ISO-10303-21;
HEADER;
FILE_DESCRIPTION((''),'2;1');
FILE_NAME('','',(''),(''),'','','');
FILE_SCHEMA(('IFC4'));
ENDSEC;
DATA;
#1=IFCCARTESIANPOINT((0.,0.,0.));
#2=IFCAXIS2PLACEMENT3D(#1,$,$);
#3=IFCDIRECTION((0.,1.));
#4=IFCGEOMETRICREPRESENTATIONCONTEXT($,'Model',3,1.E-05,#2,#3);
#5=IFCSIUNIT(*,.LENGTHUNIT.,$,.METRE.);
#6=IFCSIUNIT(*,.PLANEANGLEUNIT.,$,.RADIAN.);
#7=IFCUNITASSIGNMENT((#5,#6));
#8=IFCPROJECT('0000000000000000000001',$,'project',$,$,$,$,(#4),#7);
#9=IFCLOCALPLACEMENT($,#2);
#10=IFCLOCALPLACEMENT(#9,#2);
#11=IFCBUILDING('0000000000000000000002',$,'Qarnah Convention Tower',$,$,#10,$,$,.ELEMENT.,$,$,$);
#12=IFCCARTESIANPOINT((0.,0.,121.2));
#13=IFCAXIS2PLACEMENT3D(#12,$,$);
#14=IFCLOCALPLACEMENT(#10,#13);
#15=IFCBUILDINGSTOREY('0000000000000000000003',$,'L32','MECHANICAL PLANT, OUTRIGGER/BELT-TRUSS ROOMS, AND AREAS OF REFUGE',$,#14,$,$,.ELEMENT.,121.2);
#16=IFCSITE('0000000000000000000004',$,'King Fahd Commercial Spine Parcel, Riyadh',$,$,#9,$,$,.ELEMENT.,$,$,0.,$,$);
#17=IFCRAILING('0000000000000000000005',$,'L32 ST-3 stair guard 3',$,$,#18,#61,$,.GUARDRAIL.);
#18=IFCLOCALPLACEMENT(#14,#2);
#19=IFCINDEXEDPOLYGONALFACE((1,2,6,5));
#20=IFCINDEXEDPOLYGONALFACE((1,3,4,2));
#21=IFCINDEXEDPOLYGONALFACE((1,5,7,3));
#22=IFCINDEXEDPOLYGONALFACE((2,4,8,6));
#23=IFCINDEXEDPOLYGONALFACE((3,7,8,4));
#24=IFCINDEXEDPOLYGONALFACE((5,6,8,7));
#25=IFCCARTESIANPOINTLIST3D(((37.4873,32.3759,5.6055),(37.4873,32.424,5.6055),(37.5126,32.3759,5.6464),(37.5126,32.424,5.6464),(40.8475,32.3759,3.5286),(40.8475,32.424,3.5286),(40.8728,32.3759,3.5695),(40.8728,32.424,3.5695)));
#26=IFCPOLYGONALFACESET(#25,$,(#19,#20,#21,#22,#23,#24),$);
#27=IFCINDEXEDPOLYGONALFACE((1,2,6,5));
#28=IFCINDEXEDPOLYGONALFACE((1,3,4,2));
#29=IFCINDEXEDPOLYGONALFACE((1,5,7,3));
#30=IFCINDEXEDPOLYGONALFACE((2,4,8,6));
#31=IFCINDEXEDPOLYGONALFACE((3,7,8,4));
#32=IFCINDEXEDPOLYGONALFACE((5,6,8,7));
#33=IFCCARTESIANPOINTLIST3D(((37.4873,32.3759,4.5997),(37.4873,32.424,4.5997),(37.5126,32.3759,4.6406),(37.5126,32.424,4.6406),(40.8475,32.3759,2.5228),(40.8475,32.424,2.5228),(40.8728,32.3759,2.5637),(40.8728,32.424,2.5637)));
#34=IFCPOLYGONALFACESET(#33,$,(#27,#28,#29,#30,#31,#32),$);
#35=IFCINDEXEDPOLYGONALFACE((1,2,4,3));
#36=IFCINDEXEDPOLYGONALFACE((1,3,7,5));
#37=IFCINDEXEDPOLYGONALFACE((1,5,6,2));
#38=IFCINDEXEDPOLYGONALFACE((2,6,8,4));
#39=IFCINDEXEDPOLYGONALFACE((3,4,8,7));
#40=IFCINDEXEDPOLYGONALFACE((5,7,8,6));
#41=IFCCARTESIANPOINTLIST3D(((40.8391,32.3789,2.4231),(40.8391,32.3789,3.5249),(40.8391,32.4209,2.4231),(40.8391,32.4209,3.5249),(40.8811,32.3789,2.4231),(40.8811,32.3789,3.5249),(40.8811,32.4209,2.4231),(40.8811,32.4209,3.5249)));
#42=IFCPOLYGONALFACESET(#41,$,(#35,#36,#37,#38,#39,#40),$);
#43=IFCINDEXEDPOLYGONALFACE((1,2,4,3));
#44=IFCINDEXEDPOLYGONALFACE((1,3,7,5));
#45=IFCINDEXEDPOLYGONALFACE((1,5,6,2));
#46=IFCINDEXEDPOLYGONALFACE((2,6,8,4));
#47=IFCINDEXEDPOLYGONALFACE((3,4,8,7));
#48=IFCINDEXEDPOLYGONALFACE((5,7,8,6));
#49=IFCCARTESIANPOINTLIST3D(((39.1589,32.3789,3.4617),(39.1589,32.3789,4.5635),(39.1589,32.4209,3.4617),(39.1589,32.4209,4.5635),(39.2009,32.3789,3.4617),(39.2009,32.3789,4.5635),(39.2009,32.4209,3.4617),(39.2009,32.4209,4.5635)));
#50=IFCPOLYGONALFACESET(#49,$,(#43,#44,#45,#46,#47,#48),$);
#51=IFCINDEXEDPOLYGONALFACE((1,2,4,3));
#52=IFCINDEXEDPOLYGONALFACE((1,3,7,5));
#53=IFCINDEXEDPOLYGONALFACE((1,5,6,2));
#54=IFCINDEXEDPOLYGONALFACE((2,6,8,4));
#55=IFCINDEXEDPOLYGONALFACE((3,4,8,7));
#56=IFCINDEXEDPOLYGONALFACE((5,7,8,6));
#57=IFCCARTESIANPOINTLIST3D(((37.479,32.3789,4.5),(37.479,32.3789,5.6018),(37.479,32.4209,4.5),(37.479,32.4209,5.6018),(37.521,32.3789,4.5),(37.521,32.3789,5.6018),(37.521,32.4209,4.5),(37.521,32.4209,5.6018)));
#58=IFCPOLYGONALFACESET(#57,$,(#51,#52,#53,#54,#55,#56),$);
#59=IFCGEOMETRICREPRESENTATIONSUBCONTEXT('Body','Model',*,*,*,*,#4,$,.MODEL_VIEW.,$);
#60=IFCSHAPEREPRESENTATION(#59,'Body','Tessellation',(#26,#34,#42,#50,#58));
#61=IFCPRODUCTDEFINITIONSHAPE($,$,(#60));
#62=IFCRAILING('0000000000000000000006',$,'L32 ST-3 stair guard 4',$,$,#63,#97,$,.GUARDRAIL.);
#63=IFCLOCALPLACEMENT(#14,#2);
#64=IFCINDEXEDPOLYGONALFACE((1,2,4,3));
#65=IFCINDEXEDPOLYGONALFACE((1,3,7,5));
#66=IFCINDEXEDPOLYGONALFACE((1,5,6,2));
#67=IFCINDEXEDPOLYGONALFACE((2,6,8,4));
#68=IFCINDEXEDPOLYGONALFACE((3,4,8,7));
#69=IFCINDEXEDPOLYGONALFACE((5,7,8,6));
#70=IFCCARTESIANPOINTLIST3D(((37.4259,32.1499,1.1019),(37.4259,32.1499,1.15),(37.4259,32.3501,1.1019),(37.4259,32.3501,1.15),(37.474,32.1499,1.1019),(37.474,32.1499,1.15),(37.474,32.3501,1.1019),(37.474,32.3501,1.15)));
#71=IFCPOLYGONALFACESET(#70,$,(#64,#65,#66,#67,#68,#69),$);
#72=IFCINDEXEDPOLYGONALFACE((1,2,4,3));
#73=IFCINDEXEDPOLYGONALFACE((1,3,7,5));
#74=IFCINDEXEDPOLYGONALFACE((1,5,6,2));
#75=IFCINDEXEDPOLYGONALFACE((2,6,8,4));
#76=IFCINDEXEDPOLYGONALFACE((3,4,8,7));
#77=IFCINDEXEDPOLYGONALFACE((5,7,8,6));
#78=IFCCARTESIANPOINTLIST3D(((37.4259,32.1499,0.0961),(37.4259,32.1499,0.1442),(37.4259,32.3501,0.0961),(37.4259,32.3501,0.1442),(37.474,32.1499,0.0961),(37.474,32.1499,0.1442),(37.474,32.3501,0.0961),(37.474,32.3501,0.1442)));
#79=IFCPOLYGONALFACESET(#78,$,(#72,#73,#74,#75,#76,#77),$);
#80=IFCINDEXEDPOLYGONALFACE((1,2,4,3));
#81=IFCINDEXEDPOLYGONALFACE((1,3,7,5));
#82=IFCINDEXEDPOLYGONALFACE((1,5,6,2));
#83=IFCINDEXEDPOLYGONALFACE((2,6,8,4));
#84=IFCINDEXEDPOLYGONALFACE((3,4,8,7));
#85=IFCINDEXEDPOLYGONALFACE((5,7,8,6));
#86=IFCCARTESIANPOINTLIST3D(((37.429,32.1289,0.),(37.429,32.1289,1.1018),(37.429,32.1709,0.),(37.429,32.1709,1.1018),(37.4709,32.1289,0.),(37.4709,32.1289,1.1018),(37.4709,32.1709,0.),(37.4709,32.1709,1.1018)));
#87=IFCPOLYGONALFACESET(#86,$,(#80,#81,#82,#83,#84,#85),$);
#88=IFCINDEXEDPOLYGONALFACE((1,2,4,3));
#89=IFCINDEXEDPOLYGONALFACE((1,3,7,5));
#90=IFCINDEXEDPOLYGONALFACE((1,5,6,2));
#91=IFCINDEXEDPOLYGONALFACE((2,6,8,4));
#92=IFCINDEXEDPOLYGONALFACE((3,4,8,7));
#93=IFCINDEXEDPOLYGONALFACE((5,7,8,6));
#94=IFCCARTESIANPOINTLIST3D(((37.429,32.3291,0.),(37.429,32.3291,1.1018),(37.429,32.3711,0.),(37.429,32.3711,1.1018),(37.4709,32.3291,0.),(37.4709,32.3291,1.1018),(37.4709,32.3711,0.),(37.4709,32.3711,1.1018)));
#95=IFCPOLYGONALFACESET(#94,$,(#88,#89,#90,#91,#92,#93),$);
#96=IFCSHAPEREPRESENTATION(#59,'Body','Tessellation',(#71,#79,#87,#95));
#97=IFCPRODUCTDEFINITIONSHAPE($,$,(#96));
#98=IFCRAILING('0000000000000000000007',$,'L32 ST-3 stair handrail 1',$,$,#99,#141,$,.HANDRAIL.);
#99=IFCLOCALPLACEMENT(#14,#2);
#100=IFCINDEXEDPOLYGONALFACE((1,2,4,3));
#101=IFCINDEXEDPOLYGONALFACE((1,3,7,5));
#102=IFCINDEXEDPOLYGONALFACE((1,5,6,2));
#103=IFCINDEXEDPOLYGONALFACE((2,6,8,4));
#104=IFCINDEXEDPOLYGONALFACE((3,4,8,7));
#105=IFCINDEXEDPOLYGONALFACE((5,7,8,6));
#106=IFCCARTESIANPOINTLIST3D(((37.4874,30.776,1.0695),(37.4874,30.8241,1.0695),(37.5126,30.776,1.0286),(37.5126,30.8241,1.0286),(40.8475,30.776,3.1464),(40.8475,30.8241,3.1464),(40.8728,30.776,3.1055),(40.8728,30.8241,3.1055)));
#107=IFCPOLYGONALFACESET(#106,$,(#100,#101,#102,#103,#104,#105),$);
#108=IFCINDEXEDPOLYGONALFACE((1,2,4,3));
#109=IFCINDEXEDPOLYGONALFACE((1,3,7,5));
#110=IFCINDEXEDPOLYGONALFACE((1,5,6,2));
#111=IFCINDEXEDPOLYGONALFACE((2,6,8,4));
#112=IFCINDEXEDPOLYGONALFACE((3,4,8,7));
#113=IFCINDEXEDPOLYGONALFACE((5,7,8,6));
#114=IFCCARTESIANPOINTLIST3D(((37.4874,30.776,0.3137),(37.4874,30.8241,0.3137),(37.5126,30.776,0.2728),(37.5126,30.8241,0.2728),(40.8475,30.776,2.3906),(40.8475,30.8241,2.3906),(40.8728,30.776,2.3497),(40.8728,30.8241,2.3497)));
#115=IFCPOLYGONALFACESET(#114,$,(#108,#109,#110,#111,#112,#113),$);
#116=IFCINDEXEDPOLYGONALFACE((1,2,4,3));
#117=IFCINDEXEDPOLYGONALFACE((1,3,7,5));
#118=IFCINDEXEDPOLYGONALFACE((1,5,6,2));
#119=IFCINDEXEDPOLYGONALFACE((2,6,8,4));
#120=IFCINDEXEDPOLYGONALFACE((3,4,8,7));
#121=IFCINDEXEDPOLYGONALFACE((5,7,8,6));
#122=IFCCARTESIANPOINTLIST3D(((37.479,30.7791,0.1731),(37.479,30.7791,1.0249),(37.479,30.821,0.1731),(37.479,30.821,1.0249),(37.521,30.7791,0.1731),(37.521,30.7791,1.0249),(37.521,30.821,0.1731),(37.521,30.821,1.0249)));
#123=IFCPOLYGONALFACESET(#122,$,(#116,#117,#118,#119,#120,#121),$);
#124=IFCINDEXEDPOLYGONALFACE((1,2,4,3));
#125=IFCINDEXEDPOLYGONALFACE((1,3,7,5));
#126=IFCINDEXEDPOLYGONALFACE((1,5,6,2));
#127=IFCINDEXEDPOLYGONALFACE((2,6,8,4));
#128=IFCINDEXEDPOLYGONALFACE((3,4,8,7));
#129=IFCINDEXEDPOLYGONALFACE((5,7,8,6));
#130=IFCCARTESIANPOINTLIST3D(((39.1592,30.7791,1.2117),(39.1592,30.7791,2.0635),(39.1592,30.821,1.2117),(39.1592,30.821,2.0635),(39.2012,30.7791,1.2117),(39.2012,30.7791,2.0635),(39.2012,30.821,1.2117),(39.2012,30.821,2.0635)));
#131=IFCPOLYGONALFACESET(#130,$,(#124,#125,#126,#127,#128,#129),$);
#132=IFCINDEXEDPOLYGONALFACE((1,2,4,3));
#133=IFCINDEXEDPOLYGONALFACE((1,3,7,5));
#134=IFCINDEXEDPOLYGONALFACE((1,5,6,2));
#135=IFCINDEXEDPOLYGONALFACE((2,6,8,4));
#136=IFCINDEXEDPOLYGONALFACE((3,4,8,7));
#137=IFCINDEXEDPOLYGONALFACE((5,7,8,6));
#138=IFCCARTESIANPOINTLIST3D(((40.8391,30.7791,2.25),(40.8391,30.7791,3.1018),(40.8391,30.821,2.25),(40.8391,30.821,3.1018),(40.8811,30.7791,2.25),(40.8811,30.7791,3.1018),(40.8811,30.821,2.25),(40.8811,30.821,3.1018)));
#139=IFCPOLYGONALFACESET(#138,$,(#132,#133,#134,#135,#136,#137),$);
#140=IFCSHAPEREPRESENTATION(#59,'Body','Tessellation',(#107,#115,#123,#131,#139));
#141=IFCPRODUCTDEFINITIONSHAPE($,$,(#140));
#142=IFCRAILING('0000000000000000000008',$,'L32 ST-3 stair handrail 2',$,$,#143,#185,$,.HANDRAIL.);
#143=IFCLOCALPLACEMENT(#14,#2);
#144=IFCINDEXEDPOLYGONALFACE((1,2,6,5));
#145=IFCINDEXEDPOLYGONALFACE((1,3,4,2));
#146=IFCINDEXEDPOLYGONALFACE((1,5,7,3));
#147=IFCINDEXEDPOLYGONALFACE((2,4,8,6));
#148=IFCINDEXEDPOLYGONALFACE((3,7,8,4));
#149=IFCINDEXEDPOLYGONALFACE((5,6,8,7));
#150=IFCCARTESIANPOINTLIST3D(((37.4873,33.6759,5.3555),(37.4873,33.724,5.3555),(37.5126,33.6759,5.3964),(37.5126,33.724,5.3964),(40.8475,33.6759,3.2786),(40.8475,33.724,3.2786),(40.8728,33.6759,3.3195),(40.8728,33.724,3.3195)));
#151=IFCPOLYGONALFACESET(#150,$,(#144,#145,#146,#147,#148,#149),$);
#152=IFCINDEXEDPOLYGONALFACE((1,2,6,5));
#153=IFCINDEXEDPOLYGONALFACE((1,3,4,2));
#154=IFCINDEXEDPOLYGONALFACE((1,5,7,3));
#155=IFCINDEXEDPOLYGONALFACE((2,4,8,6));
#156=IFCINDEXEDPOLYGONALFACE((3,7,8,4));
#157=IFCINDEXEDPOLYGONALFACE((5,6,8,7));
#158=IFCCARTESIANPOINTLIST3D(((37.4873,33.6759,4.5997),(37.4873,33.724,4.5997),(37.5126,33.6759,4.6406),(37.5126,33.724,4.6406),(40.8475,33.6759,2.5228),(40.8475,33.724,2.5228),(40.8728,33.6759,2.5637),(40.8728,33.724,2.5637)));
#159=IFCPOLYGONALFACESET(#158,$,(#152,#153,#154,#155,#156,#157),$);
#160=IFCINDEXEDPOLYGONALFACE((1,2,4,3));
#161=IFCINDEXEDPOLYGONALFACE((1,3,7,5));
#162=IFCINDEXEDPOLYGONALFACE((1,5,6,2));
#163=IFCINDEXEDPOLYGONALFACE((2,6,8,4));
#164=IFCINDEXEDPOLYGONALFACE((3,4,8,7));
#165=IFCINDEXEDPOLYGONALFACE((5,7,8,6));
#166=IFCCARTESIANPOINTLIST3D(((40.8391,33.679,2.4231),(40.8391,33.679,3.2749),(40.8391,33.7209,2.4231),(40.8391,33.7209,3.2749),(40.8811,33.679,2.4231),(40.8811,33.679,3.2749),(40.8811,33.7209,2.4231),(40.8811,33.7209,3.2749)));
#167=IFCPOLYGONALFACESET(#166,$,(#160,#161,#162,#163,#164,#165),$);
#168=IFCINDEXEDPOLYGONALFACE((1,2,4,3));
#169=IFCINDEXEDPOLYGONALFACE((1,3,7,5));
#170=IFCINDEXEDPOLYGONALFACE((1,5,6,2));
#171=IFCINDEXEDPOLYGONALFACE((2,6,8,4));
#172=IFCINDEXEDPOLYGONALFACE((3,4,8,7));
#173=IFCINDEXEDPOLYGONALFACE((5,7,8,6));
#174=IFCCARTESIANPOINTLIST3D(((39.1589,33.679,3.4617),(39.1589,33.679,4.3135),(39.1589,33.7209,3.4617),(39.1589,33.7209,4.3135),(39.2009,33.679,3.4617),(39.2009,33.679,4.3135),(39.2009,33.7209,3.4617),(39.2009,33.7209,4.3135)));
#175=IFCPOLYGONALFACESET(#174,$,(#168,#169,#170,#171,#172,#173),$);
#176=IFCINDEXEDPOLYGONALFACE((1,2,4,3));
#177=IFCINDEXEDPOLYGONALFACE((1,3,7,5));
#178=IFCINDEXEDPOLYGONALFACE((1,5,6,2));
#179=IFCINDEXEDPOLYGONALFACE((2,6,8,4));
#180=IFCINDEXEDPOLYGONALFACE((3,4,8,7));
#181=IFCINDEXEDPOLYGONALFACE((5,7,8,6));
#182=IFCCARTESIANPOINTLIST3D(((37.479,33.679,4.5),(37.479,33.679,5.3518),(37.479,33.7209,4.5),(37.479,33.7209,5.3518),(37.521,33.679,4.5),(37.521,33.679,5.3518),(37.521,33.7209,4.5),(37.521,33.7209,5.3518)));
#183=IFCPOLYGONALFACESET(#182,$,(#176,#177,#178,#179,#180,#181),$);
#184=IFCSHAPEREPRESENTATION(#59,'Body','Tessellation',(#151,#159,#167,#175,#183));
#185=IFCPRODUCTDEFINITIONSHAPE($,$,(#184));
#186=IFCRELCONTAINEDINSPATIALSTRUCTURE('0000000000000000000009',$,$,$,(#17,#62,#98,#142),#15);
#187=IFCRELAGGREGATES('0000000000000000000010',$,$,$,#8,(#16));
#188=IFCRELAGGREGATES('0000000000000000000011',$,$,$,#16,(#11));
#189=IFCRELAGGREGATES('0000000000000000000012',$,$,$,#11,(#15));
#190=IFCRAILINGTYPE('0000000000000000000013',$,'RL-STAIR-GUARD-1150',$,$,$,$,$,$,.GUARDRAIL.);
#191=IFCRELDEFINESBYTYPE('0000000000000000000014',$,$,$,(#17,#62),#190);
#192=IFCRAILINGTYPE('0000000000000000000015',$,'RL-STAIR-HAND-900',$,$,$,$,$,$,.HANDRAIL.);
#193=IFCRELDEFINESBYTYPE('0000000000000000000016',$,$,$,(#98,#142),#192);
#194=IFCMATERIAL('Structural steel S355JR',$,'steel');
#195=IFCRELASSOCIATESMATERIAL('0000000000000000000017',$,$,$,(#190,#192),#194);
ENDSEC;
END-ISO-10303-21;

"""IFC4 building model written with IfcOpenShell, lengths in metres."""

from ifc_helpers import new_model, si_unit, direction, frame, origin, origin_2d, place, context, subcontext, project, spatial, rectangle, extrude, material, type_object, element, save


model = new_model("IFC4")

# Units and contexts
model_context = context("Model", 3, precision=1e-05, world=origin(), true_north=direction((0.0, 1.0)))
body_context = subcontext(model_context, "Body", "Model", "MODEL_VIEW")
ifc_project = project(units=[si_unit("LENGTHUNIT", "METRE"), si_unit("PLANEANGLEUNIT", "RADIAN")], contexts=[model_context])

# Site, building, storey
site_placement = place(None, origin())
site = spatial("IfcSite", under=ifc_project, at=site_placement, Name="King Fahd Commercial Spine Parcel, Riyadh", CompositionType="ELEMENT", RefElevation=0.0)
building_placement = place(site_placement, origin())
building = spatial("IfcBuilding", under=site, at=building_placement, Name="Qarnah Convention Tower", CompositionType="ELEMENT")
storey_placement = place(building_placement, frame((0.0, 0.0, 121.2)))
storey = spatial("IfcBuildingStorey", under=building, at=storey_placement, Name="L32", Description="MECHANICAL PLANT, OUTRIGGER/BELT-TRUSS ROOMS, AND AREAS OF REFUGE", CompositionType="ELEMENT", Elevation=121.2)

# Shared definitions
ifc_material_1 = material(Name="Structural steel S355JR", Category="steel")

# Railings
railing_type_1 = type_object("IfcRailingType", Name="RL-STAIR-GUARD-1150", PredefinedType="GUARDRAIL", material=ifc_material_1)
railing_1_placement = place(storey_placement, frame((40.8601, 32.3999, 2.4231)))
element("IfcRailing", 1, at=railing_1_placement, inside=storey, type_object=railing_type_1, Name="L32 ST-3 stair guard 3", PredefinedType="GUARDRAIL", context=body_context, shape_type="SweptSolid", body=[
    extrude(rectangle(XDim=0.0481, YDim=0.0481, at=origin_2d()), frame((0.0, 0.0, 1.126), z_axis=(-0.850623, 0.0, 0.525776), x_axis=(0.0, -1.0, 0.0)), (0.0, 0.0, 1.0), 3.9502),
    extrude(rectangle(XDim=0.0481, YDim=0.0481, at=origin_2d()), frame((0.0, 0.0, 0.1201), z_axis=(-0.850623, 0.0, 0.525776), x_axis=(0.0, -1.0, 0.0)), (0.0, 0.0, 1.0), 3.9502),
    extrude(rectangle(XDim=0.042, YDim=0.042, at=origin_2d()), origin(), (0.0, 0.0, 1.0), 1.1018),
    extrude(rectangle(XDim=0.042, YDim=0.042, at=origin_2d()), frame((-1.6802, 0.0, 1.0386)), (0.0, 0.0, 1.0), 1.1018),
    extrude(rectangle(XDim=0.042, YDim=0.042, at=origin_2d()), frame((-3.3601, 0.0, 2.0769)), (0.0, 0.0, 1.0), 1.1018),
])
railing_2_placement = place(storey_placement, frame((37.45, 32.1499, 0.0)))
element("IfcRailing", 2, at=railing_2_placement, inside=storey, type_object=railing_type_1, Name="L32 ST-3 stair guard 4", PredefinedType="GUARDRAIL", context=body_context, shape_type="SweptSolid", body=[
    extrude(rectangle(XDim=0.0481, YDim=0.0481, at=origin_2d()), frame((0.0, 0.0, 1.126), z_axis=(0.0, 1.0, 0.0), x_axis=(-1.0, 0.0, 0.0)), (0.0, 0.0, 1.0), 0.2002),
    extrude(rectangle(XDim=0.0481, YDim=0.0481, at=origin_2d()), frame((0.0, 0.0, 0.1201), z_axis=(0.0, 1.0, 0.0), x_axis=(-1.0, 0.0, 0.0)), (0.0, 0.0, 1.0), 0.2002),
    extrude(rectangle(XDim=0.042, YDim=0.042, at=origin_2d()), origin(), (0.0, 0.0, 1.0), 1.1018),
    extrude(rectangle(XDim=0.042, YDim=0.042, at=origin_2d()), frame((0.0, 0.2002, 0.0)), (0.0, 0.0, 1.0), 1.1018),
])
railing_type_2 = type_object("IfcRailingType", Name="RL-STAIR-HAND-900", PredefinedType="HANDRAIL", material=ifc_material_1)
railing_3_placement = place(storey_placement, frame((37.5, 30.8, 0.1731)))
element("IfcRailing", 3, at=railing_3_placement, inside=storey, type_object=railing_type_2, Name="L32 ST-3 stair handrail 1", PredefinedType="HANDRAIL", context=body_context, shape_type="SweptSolid", body=[
    extrude(rectangle(XDim=0.0481, YDim=0.0481, at=origin_2d()), frame((0.0, 0.0, 0.876), z_axis=(0.850623, 0.0, 0.525776), x_axis=(0.0, 1.0, 0.0)), (0.0, 0.0, 1.0), 3.9502),
    extrude(rectangle(XDim=0.0481, YDim=0.0481, at=origin_2d()), frame((0.0, 0.0, 0.1201), z_axis=(0.850623, 0.0, 0.525776), x_axis=(0.0, 1.0, 0.0)), (0.0, 0.0, 1.0), 3.9502),
    extrude(rectangle(XDim=0.042, YDim=0.042, at=origin_2d()), origin(), (0.0, 0.0, 1.0), 0.8518),
    extrude(rectangle(XDim=0.042, YDim=0.042, at=origin_2d()), frame((1.6802, 0.0, 1.0386)), (0.0, 0.0, 1.0), 0.8518),
    extrude(rectangle(XDim=0.042, YDim=0.042, at=origin_2d()), frame((3.3601, 0.0, 2.0769)), (0.0, 0.0, 1.0), 0.8518),
])
railing_4_placement = place(storey_placement, frame((40.8601, 33.7, 2.4231)))
element("IfcRailing", 4, at=railing_4_placement, inside=storey, type_object=railing_type_2, Name="L32 ST-3 stair handrail 2", PredefinedType="HANDRAIL", context=body_context, shape_type="SweptSolid", body=[
    extrude(rectangle(XDim=0.0481, YDim=0.0481, at=origin_2d()), frame((0.0, 0.0, 0.876), z_axis=(-0.850623, 0.0, 0.525776), x_axis=(0.0, -1.0, 0.0)), (0.0, 0.0, 1.0), 3.9502),
    extrude(rectangle(XDim=0.0481, YDim=0.0481, at=origin_2d()), frame((0.0, 0.0, 0.1201), z_axis=(-0.850623, 0.0, 0.525776), x_axis=(0.0, -1.0, 0.0)), (0.0, 0.0, 1.0), 3.9502),
    extrude(rectangle(XDim=0.042, YDim=0.042, at=origin_2d()), origin(), (0.0, 0.0, 1.0), 0.8518),
    extrude(rectangle(XDim=0.042, YDim=0.042, at=origin_2d()), frame((-1.6802, 0.0, 1.0386)), (0.0, 0.0, 1.0), 0.8518),
    extrude(rectangle(XDim=0.042, YDim=0.042, at=origin_2d()), frame((-3.3601, 0.0, 2.0769)), (0.0, 0.0, 1.0), 0.8518),
])

save(model, "model.ifc")
